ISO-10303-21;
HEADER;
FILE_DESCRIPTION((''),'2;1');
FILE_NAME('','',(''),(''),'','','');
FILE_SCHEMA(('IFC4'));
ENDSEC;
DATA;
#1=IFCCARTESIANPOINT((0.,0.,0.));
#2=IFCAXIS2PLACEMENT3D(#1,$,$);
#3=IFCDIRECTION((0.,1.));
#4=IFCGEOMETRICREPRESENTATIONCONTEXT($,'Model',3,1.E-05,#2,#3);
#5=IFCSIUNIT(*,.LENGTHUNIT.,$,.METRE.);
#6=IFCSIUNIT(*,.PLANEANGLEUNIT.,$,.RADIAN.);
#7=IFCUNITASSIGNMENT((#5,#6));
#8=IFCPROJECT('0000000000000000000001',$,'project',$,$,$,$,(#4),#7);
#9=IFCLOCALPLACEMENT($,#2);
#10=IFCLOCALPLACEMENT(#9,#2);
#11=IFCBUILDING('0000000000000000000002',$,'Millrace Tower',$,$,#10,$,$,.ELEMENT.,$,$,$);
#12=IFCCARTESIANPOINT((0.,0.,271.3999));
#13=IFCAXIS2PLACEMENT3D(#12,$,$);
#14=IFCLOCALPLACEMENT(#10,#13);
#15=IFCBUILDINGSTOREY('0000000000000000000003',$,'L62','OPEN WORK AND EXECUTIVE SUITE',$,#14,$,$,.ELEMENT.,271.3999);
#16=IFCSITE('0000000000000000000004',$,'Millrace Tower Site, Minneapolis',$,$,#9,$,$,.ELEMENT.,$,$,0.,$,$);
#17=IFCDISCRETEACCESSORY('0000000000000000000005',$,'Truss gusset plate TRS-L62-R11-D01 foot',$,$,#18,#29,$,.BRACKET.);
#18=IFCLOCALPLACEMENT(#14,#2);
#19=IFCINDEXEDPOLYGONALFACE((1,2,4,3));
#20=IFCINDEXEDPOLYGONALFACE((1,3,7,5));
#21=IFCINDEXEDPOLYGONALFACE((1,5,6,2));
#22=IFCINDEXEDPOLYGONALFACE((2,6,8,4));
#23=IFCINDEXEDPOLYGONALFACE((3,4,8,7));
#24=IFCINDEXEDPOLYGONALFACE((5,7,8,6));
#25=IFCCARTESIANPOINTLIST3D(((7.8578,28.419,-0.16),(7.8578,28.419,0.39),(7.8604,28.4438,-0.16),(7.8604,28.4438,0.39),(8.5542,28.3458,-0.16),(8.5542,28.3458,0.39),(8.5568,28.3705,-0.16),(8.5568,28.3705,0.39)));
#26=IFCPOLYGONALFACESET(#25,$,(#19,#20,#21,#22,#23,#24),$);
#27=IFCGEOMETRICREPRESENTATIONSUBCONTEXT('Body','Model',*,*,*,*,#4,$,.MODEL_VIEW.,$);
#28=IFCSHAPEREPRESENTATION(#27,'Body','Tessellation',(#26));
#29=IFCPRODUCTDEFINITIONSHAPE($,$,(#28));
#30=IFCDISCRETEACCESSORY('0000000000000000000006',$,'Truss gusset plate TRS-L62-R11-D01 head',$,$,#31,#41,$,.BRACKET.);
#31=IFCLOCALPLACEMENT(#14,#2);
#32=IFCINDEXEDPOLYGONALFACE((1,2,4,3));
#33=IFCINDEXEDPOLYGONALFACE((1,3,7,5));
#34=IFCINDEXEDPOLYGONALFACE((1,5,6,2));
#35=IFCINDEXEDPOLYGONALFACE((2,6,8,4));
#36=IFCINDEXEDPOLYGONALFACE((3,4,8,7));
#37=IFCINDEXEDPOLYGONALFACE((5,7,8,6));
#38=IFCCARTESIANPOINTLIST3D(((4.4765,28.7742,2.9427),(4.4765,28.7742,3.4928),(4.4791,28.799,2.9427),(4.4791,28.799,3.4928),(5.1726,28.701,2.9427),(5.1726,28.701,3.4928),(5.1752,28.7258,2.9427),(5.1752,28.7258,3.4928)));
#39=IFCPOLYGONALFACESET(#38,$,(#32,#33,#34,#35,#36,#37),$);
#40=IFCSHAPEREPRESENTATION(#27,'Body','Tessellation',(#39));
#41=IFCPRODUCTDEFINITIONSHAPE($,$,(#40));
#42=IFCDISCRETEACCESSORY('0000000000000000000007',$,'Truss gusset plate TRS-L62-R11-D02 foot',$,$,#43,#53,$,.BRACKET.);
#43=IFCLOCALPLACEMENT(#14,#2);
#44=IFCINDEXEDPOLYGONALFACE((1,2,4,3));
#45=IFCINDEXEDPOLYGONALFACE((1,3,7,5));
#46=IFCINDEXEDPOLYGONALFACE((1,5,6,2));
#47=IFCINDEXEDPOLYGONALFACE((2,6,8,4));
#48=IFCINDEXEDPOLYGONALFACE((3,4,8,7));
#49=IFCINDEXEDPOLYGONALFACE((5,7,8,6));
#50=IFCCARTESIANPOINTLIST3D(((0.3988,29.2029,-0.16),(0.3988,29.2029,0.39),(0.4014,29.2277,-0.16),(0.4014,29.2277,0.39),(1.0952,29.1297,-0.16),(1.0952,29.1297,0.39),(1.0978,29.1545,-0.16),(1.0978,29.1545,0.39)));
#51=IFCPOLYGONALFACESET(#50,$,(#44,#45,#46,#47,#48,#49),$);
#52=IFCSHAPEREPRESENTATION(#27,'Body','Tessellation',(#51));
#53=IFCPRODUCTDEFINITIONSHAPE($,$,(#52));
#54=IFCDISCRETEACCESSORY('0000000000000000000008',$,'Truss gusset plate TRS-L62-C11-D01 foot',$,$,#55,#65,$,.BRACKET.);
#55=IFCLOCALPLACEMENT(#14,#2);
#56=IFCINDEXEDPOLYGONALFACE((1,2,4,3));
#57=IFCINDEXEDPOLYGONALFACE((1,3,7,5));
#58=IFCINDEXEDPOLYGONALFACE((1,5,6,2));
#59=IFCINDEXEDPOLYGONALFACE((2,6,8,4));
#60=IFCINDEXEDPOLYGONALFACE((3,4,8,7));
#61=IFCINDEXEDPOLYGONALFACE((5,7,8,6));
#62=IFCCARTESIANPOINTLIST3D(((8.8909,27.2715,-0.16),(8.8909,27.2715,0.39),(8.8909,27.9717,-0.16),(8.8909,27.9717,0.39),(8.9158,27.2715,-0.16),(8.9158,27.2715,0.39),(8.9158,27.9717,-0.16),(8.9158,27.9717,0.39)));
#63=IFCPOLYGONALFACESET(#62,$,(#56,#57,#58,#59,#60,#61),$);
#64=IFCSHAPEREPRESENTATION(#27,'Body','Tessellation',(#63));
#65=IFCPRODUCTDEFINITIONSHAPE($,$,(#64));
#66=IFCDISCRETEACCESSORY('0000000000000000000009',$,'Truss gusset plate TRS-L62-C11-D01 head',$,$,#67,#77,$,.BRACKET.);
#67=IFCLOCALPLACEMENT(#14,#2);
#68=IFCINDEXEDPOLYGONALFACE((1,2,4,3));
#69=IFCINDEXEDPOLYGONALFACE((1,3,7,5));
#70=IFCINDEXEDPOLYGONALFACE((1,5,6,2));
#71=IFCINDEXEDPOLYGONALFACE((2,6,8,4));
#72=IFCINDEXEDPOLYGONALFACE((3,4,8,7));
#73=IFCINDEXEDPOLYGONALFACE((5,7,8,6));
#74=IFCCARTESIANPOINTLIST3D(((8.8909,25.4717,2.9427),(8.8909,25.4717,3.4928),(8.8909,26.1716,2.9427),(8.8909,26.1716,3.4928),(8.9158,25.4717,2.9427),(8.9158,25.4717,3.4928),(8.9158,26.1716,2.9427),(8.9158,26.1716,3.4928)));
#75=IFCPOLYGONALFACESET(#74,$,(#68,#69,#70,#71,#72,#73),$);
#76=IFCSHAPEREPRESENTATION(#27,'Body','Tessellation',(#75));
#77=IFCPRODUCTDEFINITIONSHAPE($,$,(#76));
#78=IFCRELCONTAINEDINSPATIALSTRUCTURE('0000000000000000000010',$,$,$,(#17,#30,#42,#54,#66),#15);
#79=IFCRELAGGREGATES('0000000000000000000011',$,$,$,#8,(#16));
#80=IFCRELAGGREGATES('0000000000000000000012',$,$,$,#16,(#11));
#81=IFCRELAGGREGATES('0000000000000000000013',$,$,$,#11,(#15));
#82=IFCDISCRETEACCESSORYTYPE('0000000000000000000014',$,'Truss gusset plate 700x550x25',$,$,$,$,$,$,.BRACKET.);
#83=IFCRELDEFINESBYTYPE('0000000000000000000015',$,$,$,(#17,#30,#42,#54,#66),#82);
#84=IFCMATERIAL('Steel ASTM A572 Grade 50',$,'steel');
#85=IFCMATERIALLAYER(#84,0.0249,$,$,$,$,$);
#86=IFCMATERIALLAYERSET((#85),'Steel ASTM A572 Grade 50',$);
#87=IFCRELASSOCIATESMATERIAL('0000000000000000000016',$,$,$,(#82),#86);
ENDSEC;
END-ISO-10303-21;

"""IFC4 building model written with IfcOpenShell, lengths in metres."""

from ifc_helpers import new_model, si_unit, direction, frame, origin, origin_2d, place, context, subcontext, project, spatial, rectangle, extrude, material, layer, layer_set, type_object, element, save


model = new_model("IFC4")

# Units and contexts
model_context = context("Model", 3, precision=1e-05, world=origin(), true_north=direction((0.0, 1.0)))
body_context = subcontext(model_context, "Body", "Model", "MODEL_VIEW")
ifc_project = project(units=[si_unit("LENGTHUNIT", "METRE"), si_unit("PLANEANGLEUNIT", "RADIAN")], contexts=[model_context])

# Site, building, storey
site_placement = place(None, origin())
site = spatial("IfcSite", under=ifc_project, at=site_placement, Name="Millrace Tower Site, Minneapolis", CompositionType="ELEMENT", RefElevation=0.0)
building_placement = place(site_placement, origin())
building = spatial("IfcBuilding", under=site, at=building_placement, Name="Millrace Tower", CompositionType="ELEMENT")
storey_placement = place(building_placement, frame((0.0, 0.0, 271.3999)))
storey = spatial("IfcBuildingStorey", under=building, at=storey_placement, Name="L62", Description="OPEN WORK AND EXECUTIVE SUITE", CompositionType="ELEMENT", Elevation=271.3999)

# Discrete accessories
ifc_material_1 = material(Name="Steel ASTM A572 Grade 50", Category="steel")
ifc_layer_1 = layer(ifc_material_1, 0.0249)
ifc_layer_set_1 = layer_set([ifc_layer_1], Name="Steel ASTM A572 Grade 50")
discrete_accessory_type_1 = type_object("IfcDiscreteAccessoryType", Name="Truss gusset plate 700x550x25", PredefinedType="BRACKET", material=ifc_layer_set_1)
discrete_accessory_1_placement = place(storey_placement, frame((7.8591, 28.4314, 0.115), z_axis=(0.994513, -0.104612, 0.0), x_axis=(0.104612, 0.994513, 0.0)))
element("IfcDiscreteAccessory", 1, at=discrete_accessory_1_placement, inside=storey, type_object=discrete_accessory_type_1, Name="Truss gusset plate TRS-L62-R11-D01 foot", PredefinedType="BRACKET", context=body_context, shape_type="SweptSolid", body=[
    extrude(rectangle(XDim=0.0249, YDim=0.55, at=origin_2d()), origin(), (0.0, 0.0, 1.0), 0.7002),
])
discrete_accessory_2_placement = place(storey_placement, frame((4.4778, 28.7866, 3.2178), z_axis=(0.994509, -0.104648, 0.0), x_axis=(0.104648, 0.994509, 0.0)))
element("IfcDiscreteAccessory", 2, at=discrete_accessory_2_placement, inside=storey, type_object=discrete_accessory_type_1, Name="Truss gusset plate TRS-L62-R11-D01 head", PredefinedType="BRACKET", context=body_context, shape_type="SweptSolid", body=[
    extrude(rectangle(XDim=0.0249, YDim=0.55, at=origin_2d()), origin(), (0.0, 0.0, 1.0), 0.7),
])
for number, where, z_axis, x_axis, name in (
    (3, (0.4001, 29.2153, 0.115), (0.994513, -0.104612, 0.0), (0.104612, 0.994513, 0.0), "Truss gusset plate TRS-L62-R11-D02 foot"),
    (4, (8.9033, 27.2715, 0.115), (0.0, 1.0, 0.0), (-1.0, 0.0, 0.0), "Truss gusset plate TRS-L62-C11-D01 foot"),
):
    element("IfcDiscreteAccessory", number, at=place(storey_placement, frame(where, z_axis=z_axis, x_axis=x_axis)), inside=storey, type_object=discrete_accessory_type_1, Name=name, PredefinedType="BRACKET", context=body_context, shape_type="SweptSolid", body=[
        extrude(rectangle(XDim=0.0249, YDim=0.55, at=origin_2d()), origin(), (0.0, 0.0, 1.0), 0.7002),
    ])
discrete_accessory_3_placement = place(storey_placement, frame((8.9033, 25.4717, 3.2178), z_axis=(0.0, 1.0, 0.0), x_axis=(-1.0, 0.0, 0.0)))
element("IfcDiscreteAccessory", 5, at=discrete_accessory_3_placement, inside=storey, type_object=discrete_accessory_type_1, Name="Truss gusset plate TRS-L62-C11-D01 head", PredefinedType="BRACKET", context=body_context, shape_type="SweptSolid", body=[
    extrude(rectangle(XDim=0.0249, YDim=0.55, at=origin_2d()), origin(), (0.0, 0.0, 1.0), 0.7),
])

save(model, "model.ifc")
